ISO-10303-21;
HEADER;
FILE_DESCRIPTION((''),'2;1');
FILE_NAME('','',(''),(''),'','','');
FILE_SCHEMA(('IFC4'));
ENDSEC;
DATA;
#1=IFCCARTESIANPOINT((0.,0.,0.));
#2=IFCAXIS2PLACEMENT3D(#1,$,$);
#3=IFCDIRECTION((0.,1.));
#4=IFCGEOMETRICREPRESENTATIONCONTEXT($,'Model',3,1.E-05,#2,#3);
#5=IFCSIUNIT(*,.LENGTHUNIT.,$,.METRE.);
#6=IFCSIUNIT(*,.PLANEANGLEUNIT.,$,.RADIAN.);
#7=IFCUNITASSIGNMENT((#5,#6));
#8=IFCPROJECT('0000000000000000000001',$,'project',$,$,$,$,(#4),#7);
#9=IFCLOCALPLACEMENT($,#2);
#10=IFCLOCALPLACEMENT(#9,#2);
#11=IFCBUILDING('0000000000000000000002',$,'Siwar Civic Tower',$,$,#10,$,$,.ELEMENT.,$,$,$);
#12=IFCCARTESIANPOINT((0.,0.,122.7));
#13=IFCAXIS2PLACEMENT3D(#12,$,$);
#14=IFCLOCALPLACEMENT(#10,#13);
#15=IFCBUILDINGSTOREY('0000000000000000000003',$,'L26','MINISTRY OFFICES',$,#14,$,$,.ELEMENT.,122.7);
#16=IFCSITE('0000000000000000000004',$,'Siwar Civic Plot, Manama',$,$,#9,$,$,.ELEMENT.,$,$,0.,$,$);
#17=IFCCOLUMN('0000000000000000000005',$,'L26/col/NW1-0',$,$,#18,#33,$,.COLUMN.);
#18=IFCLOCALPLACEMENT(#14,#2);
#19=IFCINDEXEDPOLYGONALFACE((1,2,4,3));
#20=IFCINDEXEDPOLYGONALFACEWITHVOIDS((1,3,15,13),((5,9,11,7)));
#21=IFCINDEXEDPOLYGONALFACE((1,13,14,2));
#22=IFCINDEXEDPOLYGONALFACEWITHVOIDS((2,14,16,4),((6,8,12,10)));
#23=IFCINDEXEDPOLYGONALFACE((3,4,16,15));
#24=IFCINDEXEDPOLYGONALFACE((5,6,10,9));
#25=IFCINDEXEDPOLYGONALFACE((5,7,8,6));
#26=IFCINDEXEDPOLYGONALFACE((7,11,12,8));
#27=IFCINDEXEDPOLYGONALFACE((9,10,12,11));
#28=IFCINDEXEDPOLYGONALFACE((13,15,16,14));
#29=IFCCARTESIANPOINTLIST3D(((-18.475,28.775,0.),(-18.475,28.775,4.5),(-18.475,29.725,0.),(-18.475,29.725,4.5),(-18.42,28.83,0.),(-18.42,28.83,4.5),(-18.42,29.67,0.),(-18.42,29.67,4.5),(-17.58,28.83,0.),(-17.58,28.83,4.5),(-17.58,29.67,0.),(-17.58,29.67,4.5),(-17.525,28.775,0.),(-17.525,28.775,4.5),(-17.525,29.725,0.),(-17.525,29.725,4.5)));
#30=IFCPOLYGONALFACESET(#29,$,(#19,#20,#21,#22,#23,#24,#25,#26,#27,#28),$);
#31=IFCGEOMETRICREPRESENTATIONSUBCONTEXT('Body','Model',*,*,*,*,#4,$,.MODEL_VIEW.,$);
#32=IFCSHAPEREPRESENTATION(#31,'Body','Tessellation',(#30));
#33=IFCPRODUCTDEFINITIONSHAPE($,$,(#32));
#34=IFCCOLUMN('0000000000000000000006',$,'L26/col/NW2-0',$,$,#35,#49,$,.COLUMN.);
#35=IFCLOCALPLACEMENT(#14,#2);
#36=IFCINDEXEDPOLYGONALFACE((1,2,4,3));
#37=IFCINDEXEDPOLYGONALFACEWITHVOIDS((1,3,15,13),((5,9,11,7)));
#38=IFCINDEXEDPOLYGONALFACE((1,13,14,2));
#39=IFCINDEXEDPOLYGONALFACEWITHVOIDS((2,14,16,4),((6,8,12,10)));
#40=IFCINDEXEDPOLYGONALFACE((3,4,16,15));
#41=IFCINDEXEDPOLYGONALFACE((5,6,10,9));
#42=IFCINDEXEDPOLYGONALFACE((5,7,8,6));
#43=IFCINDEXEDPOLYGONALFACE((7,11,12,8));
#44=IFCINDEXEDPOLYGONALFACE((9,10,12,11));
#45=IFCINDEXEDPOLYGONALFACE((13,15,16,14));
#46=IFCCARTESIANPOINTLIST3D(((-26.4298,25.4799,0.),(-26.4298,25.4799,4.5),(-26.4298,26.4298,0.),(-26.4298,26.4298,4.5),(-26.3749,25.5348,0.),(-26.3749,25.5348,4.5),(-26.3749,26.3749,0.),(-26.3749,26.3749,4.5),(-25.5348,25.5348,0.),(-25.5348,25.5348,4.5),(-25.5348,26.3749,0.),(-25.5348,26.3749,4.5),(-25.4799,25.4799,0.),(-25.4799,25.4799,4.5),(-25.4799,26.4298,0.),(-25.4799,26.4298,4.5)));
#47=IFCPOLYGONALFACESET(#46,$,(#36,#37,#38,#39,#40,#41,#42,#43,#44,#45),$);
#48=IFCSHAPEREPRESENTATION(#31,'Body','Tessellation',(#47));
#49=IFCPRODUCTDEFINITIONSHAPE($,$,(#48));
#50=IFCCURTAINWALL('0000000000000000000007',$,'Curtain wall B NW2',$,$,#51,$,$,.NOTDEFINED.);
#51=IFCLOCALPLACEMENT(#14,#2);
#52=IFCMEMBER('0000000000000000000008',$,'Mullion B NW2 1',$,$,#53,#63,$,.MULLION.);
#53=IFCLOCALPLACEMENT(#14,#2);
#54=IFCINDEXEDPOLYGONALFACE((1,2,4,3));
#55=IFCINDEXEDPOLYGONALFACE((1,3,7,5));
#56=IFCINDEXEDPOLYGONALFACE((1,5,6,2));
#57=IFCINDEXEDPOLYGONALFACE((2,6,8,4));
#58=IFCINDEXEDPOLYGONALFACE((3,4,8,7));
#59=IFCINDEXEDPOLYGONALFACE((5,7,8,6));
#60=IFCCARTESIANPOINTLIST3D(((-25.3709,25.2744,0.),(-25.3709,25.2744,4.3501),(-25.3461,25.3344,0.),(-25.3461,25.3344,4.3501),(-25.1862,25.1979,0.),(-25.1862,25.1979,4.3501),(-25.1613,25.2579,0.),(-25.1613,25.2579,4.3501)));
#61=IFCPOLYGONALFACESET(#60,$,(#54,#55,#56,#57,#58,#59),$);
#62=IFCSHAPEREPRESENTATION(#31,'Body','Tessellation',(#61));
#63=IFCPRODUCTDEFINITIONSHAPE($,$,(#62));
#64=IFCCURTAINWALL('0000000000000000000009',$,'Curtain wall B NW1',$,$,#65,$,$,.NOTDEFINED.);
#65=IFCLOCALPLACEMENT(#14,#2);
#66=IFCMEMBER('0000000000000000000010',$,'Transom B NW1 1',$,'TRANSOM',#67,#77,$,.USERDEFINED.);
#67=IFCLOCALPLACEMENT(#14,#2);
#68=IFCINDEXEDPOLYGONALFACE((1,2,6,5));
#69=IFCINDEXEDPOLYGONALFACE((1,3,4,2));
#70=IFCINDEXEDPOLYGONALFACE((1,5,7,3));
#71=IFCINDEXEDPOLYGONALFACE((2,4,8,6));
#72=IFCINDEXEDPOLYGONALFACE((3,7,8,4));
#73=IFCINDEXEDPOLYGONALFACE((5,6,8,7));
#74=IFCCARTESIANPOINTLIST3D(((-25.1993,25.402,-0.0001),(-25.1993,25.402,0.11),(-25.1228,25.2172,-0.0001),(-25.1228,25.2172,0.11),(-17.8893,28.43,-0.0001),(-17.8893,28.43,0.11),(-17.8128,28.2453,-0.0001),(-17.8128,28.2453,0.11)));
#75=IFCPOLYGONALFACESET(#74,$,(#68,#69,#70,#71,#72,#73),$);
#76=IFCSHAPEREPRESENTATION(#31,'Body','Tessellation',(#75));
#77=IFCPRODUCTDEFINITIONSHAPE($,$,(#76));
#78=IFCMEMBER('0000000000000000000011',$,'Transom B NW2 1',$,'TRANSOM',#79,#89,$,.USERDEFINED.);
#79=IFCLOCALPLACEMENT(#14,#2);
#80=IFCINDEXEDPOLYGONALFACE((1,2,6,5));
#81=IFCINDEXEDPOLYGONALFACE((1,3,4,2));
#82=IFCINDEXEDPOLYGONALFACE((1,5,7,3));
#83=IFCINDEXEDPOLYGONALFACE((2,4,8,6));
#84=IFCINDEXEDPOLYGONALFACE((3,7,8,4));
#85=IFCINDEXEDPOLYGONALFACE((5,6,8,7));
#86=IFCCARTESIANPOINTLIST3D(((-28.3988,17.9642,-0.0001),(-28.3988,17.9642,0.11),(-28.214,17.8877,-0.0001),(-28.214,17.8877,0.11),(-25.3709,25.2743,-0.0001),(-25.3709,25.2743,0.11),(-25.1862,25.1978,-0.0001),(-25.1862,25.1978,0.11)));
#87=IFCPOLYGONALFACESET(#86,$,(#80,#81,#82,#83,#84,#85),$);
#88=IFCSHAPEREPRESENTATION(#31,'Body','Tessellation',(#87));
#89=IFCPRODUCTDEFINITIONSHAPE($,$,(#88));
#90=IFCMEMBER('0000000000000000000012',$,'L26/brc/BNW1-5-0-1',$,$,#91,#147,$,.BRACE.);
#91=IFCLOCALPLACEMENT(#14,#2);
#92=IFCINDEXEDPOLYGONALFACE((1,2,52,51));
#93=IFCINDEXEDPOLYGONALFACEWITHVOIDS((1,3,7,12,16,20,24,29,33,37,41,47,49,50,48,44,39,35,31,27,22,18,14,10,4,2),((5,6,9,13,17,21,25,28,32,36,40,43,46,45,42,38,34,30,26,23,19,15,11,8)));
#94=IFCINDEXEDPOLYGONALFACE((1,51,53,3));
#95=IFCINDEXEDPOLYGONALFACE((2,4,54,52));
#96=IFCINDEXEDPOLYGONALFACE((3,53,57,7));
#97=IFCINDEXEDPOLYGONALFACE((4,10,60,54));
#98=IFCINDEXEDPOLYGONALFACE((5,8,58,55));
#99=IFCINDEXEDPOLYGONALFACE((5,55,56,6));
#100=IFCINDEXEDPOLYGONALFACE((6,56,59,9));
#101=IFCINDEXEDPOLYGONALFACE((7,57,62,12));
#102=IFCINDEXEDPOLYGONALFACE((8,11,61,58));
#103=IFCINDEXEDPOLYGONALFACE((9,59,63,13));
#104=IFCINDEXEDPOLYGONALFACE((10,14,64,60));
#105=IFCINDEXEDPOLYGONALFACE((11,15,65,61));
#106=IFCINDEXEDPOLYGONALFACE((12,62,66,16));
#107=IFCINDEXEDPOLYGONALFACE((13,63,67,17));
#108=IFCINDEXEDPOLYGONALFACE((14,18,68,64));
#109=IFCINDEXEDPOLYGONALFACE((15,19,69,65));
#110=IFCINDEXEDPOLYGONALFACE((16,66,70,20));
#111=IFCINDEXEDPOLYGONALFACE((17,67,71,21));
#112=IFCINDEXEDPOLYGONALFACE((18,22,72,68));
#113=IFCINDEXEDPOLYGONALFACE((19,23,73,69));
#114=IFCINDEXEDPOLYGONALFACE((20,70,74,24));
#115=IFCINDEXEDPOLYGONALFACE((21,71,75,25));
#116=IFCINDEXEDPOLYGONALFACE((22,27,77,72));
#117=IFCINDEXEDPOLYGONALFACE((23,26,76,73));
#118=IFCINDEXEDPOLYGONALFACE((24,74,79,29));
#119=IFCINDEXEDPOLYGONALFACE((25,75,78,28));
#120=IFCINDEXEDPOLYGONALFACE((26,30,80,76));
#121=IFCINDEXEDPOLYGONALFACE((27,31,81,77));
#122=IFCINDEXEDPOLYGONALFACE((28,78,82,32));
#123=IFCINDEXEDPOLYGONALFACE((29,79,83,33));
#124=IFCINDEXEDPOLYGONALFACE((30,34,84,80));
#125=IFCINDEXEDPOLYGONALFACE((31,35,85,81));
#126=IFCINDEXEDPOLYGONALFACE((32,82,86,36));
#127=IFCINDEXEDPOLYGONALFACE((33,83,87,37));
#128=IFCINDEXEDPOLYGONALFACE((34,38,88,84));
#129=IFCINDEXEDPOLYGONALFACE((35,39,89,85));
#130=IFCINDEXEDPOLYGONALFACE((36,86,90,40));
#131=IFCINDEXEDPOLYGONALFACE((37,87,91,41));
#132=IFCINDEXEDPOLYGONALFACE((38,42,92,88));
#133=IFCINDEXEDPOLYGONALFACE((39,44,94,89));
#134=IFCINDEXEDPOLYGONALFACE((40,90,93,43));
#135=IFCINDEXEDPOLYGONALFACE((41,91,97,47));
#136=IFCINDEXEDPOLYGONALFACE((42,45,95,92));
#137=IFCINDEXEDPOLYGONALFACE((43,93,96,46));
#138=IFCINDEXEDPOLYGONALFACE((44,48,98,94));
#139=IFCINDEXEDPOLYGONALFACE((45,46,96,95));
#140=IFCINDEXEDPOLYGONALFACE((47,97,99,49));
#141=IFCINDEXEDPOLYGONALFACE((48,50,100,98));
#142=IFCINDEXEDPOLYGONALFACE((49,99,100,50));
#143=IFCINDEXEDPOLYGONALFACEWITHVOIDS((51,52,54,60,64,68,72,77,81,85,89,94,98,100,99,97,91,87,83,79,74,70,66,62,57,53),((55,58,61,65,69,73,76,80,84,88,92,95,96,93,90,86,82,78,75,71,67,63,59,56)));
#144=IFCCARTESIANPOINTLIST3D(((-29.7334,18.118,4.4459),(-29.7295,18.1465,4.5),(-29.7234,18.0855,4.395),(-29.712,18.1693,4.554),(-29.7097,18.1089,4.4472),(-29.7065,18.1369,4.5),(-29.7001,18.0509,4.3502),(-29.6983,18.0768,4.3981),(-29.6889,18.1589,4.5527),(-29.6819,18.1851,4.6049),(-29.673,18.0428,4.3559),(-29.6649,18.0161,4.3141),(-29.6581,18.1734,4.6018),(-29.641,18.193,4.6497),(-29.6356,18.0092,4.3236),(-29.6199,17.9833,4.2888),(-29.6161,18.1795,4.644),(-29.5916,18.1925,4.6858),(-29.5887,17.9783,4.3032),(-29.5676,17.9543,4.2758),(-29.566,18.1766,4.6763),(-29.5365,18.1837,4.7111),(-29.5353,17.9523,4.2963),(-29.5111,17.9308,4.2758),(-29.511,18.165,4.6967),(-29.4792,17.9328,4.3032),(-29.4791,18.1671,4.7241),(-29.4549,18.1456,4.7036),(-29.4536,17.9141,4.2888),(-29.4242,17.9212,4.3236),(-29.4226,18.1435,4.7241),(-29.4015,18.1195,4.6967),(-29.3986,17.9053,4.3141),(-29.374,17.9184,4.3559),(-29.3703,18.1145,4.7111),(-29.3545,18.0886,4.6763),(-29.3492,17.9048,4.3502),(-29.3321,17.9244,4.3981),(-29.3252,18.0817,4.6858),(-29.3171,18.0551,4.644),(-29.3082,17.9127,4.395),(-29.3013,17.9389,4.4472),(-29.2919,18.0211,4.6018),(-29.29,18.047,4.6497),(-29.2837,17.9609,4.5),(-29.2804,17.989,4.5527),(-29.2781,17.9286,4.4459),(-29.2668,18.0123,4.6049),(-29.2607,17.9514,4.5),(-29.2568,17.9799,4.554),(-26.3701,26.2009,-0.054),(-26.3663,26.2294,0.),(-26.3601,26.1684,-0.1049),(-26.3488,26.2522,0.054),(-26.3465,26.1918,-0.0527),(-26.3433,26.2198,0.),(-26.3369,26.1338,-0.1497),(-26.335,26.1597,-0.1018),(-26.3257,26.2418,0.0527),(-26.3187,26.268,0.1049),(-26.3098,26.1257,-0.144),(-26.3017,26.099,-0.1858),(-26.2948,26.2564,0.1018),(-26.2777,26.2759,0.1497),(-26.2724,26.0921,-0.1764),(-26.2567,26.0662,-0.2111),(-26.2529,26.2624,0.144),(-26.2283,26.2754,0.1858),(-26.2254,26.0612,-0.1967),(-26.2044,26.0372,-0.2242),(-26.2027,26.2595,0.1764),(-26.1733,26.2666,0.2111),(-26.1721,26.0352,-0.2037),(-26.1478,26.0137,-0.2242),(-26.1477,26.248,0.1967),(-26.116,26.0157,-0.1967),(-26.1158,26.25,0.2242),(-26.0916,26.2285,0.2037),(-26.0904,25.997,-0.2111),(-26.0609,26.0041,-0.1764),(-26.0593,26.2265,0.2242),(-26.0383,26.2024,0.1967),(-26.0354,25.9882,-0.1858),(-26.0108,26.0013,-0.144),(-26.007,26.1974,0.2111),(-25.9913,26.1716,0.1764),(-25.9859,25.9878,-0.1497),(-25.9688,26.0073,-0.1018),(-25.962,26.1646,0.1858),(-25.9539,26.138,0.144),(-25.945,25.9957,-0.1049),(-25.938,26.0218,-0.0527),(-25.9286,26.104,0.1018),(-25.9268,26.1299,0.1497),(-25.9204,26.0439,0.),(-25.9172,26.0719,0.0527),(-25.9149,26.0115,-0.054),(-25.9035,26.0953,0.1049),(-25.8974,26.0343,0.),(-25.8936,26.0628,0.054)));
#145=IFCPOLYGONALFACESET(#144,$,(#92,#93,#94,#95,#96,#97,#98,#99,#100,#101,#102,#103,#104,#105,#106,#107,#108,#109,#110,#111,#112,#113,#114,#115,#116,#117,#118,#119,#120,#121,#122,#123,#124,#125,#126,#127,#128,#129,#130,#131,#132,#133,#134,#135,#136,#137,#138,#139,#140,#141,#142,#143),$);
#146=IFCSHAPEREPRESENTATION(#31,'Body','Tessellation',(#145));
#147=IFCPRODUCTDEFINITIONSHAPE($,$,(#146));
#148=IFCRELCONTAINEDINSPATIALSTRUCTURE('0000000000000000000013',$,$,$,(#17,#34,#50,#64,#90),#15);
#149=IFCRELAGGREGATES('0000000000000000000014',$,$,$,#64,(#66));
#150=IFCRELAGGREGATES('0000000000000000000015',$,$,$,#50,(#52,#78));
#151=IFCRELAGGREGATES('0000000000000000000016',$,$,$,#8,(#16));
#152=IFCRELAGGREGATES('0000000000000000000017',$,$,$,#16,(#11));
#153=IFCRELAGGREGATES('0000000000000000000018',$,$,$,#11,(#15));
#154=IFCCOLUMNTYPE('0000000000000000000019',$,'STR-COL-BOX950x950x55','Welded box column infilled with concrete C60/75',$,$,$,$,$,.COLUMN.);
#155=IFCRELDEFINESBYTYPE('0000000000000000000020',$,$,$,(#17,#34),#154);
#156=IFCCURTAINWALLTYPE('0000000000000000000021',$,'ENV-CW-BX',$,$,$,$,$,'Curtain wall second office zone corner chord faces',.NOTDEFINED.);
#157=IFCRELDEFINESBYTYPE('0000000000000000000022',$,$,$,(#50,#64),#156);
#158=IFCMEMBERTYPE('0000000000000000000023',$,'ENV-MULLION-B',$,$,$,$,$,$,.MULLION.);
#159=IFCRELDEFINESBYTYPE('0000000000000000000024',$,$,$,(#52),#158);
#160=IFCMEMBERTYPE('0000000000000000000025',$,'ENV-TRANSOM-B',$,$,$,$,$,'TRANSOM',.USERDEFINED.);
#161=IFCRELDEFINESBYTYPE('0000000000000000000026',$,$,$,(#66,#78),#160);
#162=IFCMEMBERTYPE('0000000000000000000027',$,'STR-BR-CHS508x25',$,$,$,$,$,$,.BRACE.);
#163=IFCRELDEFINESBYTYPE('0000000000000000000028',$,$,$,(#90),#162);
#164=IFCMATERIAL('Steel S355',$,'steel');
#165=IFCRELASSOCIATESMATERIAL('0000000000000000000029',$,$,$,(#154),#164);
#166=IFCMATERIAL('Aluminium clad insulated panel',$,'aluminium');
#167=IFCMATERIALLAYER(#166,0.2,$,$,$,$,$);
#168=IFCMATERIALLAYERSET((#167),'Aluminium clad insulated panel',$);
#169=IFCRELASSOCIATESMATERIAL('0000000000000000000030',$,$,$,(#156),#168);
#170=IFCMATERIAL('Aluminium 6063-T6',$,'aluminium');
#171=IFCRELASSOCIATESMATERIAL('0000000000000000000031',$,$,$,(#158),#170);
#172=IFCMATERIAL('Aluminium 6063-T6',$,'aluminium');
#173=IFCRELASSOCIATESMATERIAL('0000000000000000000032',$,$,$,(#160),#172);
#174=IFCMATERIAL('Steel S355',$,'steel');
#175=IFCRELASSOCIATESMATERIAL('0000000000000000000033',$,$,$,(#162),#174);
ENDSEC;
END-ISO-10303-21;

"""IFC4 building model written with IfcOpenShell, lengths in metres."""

from ifc_helpers import new_model, si_unit, direction, frame, origin, origin_2d, place, context, subcontext, project, spatial, rectangle, hollow_rectangle, hollow_circle, extrude, material, layer, layer_set, material_profile, profile_set, type_object, element, aggregate, save


model = new_model("IFC4")

# Units and contexts
model_context = context("Model", 3, precision=1e-05, world=origin(), true_north=direction((0.0, 1.0)))
body_context = subcontext(model_context, "Body", "Model", "MODEL_VIEW")
ifc_project = project(units=[si_unit("LENGTHUNIT", "METRE"), si_unit("PLANEANGLEUNIT", "RADIAN")], contexts=[model_context])

# Site, building, storey
site_placement = place(None, origin())
site = spatial("IfcSite", under=ifc_project, at=site_placement, Name="Siwar Civic Plot, Manama", CompositionType="ELEMENT", RefElevation=0.0)
building_placement = place(site_placement, origin())
building = spatial("IfcBuilding", under=site, at=building_placement, Name="Siwar Civic Tower", CompositionType="ELEMENT")
storey_placement = place(building_placement, frame((0.0, 0.0, 122.7)))
storey = spatial("IfcBuildingStorey", under=building, at=storey_placement, Name="L26", Description="MINISTRY OFFICES", CompositionType="ELEMENT", Elevation=122.7)

# Columns
ifc_material_1 = material(Name="Steel S355", Category="steel")
ifc_material_profile_1 = material_profile(ifc_material_1, hollow_rectangle(XDim=0.95, YDim=0.95, WallThickness=0.0549, at=origin_2d()), Name="BOX950x950x55")
ifc_profile_set_1 = profile_set([ifc_material_profile_1], Name="Steel S355")
column_type = type_object("IfcColumnType", Name="STR-COL-BOX950x950x55", Description="Welded box column infilled with concrete C60/75", PredefinedType="COLUMN", material=ifc_profile_set_1)
for number, where, z_axis, x_axis, name in (
    (1, (-18.0, 29.25, 0.0), (0.0, 0.0, 1.0), (1.0, 0.0, 0.0), "L26/col/NW1-0"),
    (2, (-25.9548, 25.9548, 0.0), (0.0, 0.0, 1.0), (1.0, 0.0, 0.0), "L26/col/NW2-0"),
):
    element("IfcColumn", number, at=place(storey_placement, frame(where, z_axis=z_axis, x_axis=x_axis)), inside=storey, type_object=column_type, Name=name, PredefinedType="COLUMN", context=body_context, shape_type="SweptSolid", body=[
        extrude(hollow_rectangle(XDim=0.95, YDim=0.95, WallThickness=0.0549, at=origin_2d()), origin(), (0.0, 0.0, 1.0), 4.5),
    ])

# Curtain walls, members
ifc_material_2 = material(Name="Aluminium clad insulated panel", Category="aluminium")
ifc_layer_1 = layer(ifc_material_2, 0.2)
ifc_layer_set_1 = layer_set([ifc_layer_1], Name="Aluminium clad insulated panel")
curtain_wall_type = type_object("IfcCurtainWallType", Name="ENV-CW-BX", ElementType="Curtain wall second office zone corner chord faces", PredefinedType="NOTDEFINED", material=ifc_layer_set_1)
curtain_wall_1_placement = place(storey_placement, origin())
curtain_wall_1 = element("IfcCurtainWall", 3, at=curtain_wall_1_placement, inside=storey, type_object=curtain_wall_type, Name="Curtain wall B NW2", PredefinedType="NOTDEFINED")
ifc_material_3 = material(Name="Aluminium 6063-T6", Category="aluminium")
ifc_material_profile_2 = material_profile(ifc_material_3, rectangle(XDim=0.2, YDim=0.0649, at=origin_2d()), Name="AL 200x65")
ifc_profile_set_2 = profile_set([ifc_material_profile_2], Name="Aluminium 6063-T6")
member_type_1 = type_object("IfcMemberType", Name="ENV-MULLION-B", PredefinedType="MULLION", material=ifc_profile_set_2)
member_1_placement = place(storey_placement, frame((-25.2661, 25.2661, 0.0), z_axis=(0.0, 0.0, 1.0), x_axis=(0.92388, -0.382683, 0.0)))
member_1 = element("IfcMember", 4, at=member_1_placement, type_object=member_type_1, Name="Mullion B NW2 1", PredefinedType="MULLION", context=body_context, shape_type="SweptSolid", body=[
    extrude(rectangle(XDim=0.2, YDim=0.0649, at=origin_2d()), origin(), (0.0, 0.0, 1.0), 4.3501),
])
curtain_wall_2_placement = place(storey_placement, origin())
curtain_wall_2 = element("IfcCurtainWall", 5, at=curtain_wall_2_placement, inside=storey, type_object=curtain_wall_type, Name="Curtain wall B NW1", PredefinedType="NOTDEFINED")
ifc_material_4 = material(Name="Aluminium 6063-T6", Category="aluminium")
ifc_material_profile_3 = material_profile(ifc_material_4, rectangle(XDim=0.2, YDim=0.1101, at=origin_2d()), Name="AL 200x110")
ifc_profile_set_3 = profile_set([ifc_material_profile_3], Name="Aluminium 6063-T6")
member_type_2 = type_object("IfcMemberType", Name="ENV-TRANSOM-B", ElementType="TRANSOM", PredefinedType="USERDEFINED", material=ifc_profile_set_3)
member_2_placement = place(storey_placement, frame((-17.8511, 28.3376, 0.0549), z_axis=(-0.923873, -0.3827, 0.0), x_axis=(0.3827, -0.923873, 0.0)))
member_2 = element("IfcMember", 6, at=member_2_placement, type_object=member_type_2, Name="Transom B NW1 1", ObjectType="TRANSOM", PredefinedType="USERDEFINED", context=body_context, shape_type="SweptSolid", body=[
    extrude(rectangle(XDim=0.2, YDim=0.1101, at=origin_2d()), origin(), (0.0, 0.0, 1.0), 7.9124),
])

# Member
member_3_placement = place(storey_placement, frame((-25.2786, 25.2361, 0.0549), z_axis=(-0.382673, -0.923884, 0.0), x_axis=(0.923884, -0.382673, 0.0)))
member_3 = element("IfcMember", 7, at=member_3_placement, type_object=member_type_2, Name="Transom B NW2 1", ObjectType="TRANSOM", PredefinedType="USERDEFINED", context=body_context, shape_type="SweptSolid", body=[
    extrude(rectangle(XDim=0.2, YDim=0.1101, at=origin_2d()), origin(), (0.0, 0.0, 1.0), 7.9124),
])

# Member
ifc_material_5 = material(Name="Steel S355", Category="steel")
ifc_material_profile_4 = material_profile(ifc_material_5, hollow_circle(Radius=0.2539, WallThickness=0.0249, at=origin_2d()), Name="CHS508x25")
ifc_profile_set_4 = profile_set([ifc_material_profile_4], Name="Steel S355")
member_type_3 = type_object("IfcMemberType", Name="STR-BR-CHS508x25", PredefinedType="BRACE", material=ifc_profile_set_4)
member_4_placement = place(storey_placement, frame((-26.1318, 26.1318, 0.0), z_axis=(-0.341671, -0.821143, 0.457149), x_axis=(0.923265, -0.384164, 0.0)))
element("IfcMember", 8, at=member_4_placement, inside=storey, type_object=member_type_3, Name="L26/brc/BNW1-5-0-1", PredefinedType="BRACE", context=body_context, shape_type="SweptSolid", body=[
    extrude(hollow_circle(Radius=0.2539, WallThickness=0.0249, at=origin_2d()), origin(), (0.0, 0.0, 1.0), 9.8435),
])

aggregate(curtain_wall_2, [member_2])
aggregate(curtain_wall_1, [member_1, member_3])

save(model, "model.ifc")
